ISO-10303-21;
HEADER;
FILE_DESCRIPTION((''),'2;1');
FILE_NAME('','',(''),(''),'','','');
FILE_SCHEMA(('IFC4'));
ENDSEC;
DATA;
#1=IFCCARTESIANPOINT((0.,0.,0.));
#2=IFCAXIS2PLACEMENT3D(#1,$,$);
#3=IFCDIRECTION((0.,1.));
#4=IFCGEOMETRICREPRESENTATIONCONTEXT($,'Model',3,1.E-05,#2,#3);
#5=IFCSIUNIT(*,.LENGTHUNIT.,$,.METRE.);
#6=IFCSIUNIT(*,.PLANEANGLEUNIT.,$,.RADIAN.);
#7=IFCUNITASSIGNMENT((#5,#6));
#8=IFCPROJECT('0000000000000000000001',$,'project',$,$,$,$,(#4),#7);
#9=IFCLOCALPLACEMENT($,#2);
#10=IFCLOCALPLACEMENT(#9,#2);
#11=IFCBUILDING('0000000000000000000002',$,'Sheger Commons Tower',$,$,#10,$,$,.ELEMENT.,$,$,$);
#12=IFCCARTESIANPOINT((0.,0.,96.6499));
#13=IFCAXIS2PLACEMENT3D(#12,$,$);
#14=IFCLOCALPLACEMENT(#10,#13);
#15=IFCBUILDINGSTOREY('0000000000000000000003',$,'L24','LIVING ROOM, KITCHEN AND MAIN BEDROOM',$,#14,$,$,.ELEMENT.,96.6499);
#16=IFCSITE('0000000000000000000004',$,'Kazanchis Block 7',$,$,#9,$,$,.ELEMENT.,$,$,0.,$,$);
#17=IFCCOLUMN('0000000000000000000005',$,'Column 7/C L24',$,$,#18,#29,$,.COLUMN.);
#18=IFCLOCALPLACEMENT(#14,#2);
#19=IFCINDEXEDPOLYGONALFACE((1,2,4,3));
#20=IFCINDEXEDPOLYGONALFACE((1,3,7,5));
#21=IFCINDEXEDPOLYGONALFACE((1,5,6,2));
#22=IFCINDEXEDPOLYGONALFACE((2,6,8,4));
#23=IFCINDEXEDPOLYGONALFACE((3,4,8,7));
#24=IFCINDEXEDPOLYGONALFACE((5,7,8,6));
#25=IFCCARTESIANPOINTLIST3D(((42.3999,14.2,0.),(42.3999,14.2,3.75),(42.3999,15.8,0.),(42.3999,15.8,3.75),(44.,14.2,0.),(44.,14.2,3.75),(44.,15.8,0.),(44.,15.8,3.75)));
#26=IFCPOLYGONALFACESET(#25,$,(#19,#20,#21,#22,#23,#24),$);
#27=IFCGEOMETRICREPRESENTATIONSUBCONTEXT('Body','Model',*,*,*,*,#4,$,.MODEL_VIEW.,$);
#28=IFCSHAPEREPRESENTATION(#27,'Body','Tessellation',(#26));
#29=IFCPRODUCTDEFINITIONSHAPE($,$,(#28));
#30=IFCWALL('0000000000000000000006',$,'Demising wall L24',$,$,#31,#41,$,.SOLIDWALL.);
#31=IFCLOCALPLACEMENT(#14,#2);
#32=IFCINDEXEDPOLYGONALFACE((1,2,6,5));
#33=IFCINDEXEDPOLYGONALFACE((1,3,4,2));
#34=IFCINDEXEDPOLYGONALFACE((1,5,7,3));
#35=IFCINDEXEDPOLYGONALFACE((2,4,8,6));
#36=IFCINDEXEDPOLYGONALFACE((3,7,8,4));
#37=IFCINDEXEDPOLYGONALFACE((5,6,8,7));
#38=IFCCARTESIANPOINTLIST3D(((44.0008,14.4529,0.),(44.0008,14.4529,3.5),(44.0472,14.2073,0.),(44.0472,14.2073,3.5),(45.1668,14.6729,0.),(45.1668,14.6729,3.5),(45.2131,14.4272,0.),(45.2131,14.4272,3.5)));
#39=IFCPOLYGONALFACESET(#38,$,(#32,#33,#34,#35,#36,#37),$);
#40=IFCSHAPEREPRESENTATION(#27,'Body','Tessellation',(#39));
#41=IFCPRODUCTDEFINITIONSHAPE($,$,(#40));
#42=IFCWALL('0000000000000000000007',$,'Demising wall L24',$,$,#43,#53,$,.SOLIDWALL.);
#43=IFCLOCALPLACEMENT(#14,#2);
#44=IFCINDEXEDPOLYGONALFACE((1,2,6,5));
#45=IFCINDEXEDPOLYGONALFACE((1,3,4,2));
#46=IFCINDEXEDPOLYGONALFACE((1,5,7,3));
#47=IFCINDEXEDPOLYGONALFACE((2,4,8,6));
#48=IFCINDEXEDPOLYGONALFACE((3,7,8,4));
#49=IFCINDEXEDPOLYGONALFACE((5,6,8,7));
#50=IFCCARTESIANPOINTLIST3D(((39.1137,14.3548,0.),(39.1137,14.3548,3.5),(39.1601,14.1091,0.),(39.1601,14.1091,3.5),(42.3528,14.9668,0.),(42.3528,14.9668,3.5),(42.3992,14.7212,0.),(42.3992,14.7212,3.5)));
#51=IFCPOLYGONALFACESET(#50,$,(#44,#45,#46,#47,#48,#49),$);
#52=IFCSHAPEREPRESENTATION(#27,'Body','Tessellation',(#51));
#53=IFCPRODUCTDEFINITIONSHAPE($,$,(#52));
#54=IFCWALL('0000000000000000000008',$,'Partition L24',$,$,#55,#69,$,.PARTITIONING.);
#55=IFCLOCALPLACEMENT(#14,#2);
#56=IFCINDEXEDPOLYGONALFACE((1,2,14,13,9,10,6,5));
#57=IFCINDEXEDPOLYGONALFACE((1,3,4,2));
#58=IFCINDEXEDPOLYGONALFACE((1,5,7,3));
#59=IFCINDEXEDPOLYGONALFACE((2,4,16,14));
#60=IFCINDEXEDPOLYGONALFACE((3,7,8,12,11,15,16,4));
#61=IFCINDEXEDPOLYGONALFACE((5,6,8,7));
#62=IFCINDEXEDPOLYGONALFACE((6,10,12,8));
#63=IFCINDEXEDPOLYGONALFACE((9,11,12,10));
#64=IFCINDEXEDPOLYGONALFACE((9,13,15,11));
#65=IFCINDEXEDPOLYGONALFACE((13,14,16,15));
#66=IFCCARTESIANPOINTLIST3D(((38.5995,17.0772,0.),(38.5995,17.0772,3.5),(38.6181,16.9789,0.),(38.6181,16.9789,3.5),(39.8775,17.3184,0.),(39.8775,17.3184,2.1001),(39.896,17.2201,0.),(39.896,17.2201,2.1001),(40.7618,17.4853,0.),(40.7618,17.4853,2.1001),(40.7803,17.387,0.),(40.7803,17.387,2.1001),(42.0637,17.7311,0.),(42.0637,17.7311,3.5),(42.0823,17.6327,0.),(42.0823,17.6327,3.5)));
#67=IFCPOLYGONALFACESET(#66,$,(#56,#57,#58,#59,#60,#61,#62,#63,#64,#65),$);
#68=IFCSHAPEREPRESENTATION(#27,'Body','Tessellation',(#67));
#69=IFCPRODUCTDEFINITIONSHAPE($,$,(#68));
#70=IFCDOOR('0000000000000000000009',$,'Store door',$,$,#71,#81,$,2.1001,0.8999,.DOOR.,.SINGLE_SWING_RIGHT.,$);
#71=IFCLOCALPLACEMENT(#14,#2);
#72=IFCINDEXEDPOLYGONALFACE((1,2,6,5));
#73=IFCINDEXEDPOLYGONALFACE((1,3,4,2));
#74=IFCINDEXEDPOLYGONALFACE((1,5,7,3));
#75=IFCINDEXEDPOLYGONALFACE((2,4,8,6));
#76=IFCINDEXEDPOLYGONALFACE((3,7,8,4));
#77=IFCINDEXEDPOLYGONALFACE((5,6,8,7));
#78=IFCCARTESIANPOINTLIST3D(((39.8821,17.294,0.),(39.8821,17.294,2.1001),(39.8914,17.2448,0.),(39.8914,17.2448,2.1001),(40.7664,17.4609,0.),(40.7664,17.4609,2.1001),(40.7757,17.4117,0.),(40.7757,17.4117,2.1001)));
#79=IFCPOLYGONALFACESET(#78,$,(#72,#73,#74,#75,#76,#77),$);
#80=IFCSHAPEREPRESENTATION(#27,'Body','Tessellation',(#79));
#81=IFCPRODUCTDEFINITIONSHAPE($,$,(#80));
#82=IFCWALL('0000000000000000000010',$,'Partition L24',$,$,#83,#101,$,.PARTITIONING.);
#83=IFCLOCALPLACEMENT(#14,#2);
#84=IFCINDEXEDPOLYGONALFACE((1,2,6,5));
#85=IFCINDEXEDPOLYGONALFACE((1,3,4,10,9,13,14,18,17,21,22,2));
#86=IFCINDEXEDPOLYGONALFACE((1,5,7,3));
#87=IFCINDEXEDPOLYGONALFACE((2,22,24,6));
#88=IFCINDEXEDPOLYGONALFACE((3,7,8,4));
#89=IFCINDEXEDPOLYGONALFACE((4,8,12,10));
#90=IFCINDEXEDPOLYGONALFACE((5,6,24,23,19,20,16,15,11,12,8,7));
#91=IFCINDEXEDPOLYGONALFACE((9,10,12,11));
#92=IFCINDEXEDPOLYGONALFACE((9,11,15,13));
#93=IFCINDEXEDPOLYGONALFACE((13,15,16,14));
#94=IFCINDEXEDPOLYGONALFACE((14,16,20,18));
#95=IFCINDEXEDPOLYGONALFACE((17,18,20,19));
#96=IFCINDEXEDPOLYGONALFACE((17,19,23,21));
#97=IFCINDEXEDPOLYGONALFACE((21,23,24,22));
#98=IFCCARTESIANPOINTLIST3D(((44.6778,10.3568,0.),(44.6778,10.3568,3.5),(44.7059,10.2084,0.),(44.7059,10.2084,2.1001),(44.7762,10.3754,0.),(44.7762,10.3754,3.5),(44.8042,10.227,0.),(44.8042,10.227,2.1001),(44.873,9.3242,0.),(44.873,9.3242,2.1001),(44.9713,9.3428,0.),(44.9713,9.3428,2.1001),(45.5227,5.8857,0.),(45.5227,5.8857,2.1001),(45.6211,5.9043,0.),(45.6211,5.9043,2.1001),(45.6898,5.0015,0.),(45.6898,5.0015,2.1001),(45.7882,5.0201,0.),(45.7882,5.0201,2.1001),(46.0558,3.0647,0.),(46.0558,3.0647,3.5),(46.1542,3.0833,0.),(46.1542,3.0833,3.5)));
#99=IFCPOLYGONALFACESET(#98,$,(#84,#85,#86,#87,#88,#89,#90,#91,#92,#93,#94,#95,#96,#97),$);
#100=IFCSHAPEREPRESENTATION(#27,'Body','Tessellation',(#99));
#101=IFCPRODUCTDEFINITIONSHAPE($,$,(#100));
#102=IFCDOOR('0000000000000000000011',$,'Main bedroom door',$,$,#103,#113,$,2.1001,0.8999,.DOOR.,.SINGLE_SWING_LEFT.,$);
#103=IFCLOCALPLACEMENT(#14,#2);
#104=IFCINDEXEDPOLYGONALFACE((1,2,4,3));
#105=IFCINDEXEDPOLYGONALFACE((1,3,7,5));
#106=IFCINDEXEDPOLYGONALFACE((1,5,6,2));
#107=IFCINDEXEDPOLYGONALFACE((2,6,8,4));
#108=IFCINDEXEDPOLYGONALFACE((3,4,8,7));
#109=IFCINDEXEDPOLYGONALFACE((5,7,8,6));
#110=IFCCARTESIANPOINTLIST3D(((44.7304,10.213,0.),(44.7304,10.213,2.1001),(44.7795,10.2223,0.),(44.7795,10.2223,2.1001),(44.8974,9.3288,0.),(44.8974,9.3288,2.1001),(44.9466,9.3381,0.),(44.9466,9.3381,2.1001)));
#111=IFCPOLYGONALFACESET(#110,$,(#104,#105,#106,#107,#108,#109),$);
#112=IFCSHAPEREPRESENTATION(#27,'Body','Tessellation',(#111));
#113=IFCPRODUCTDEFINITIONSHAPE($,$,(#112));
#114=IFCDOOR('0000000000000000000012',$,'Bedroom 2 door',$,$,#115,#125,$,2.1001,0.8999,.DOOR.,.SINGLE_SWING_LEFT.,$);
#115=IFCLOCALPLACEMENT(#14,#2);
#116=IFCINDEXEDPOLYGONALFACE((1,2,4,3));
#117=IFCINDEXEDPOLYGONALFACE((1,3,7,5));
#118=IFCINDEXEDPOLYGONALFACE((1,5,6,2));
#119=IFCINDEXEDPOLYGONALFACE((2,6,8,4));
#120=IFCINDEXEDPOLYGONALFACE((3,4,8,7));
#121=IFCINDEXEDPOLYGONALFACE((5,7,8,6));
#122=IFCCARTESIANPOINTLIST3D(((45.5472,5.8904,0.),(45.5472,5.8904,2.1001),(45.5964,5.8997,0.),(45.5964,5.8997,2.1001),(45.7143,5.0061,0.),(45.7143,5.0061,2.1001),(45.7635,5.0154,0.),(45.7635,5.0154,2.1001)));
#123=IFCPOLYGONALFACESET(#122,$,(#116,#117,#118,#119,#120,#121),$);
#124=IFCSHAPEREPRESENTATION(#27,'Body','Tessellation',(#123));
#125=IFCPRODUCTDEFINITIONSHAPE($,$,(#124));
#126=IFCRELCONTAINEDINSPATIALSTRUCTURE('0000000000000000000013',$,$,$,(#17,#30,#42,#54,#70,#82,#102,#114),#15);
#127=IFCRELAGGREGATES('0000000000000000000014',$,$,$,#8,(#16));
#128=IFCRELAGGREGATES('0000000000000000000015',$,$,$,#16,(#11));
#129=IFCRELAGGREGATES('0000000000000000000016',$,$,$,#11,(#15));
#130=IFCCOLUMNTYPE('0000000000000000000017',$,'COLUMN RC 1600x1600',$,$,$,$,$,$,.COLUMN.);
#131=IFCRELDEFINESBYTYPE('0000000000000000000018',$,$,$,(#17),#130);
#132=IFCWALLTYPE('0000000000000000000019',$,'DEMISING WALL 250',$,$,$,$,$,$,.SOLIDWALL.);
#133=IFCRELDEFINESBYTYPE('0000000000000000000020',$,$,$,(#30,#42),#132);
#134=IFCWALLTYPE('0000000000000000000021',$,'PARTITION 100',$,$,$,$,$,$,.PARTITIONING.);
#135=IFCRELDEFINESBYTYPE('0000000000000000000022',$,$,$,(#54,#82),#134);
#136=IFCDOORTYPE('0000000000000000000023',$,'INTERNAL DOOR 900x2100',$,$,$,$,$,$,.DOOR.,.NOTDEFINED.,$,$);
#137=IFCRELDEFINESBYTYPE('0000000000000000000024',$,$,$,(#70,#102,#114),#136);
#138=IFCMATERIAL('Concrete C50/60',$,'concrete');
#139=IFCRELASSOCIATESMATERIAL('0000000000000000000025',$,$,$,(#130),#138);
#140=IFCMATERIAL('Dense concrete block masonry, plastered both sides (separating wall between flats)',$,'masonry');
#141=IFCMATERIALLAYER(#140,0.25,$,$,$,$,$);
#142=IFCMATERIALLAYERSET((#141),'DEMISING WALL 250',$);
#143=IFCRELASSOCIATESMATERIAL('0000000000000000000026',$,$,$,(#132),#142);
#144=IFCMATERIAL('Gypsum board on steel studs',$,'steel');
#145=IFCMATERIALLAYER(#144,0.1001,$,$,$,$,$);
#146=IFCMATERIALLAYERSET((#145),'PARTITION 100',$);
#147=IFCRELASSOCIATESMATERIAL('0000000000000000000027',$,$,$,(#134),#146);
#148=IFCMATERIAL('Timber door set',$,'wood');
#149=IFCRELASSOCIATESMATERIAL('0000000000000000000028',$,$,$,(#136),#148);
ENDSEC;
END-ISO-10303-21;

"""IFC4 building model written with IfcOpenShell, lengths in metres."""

from ifc_helpers import new_model, si_unit, direction, frame, frame_2d, origin, origin_2d, place, context, subcontext, project, spatial, rectangle, extrude, material, layer, layer_set, material_profile, profile_set, type_object, element, fill, save


model = new_model("IFC4")

# Units and contexts
model_context = context("Model", 3, precision=1e-05, world=origin(), true_north=direction((0.0, 1.0)))
body_context = subcontext(model_context, "Body", "Model", "MODEL_VIEW")
ifc_project = project(units=[si_unit("LENGTHUNIT", "METRE"), si_unit("PLANEANGLEUNIT", "RADIAN")], contexts=[model_context])

# Site, building, storey
site_placement = place(None, origin())
site = spatial("IfcSite", under=ifc_project, at=site_placement, Name="Kazanchis Block 7", CompositionType="ELEMENT", RefElevation=0.0)
building_placement = place(site_placement, origin())
building = spatial("IfcBuilding", under=site, at=building_placement, Name="Sheger Commons Tower", CompositionType="ELEMENT")
storey_placement = place(building_placement, frame((0.0, 0.0, 96.6499)))
storey = spatial("IfcBuildingStorey", under=building, at=storey_placement, Name="L24", Description="LIVING ROOM, KITCHEN AND MAIN BEDROOM", CompositionType="ELEMENT", Elevation=96.6499)

# Column
ifc_material_1 = material(Name="Concrete C50/60", Category="concrete")
ifc_material_profile = material_profile(ifc_material_1, rectangle(XDim=1.6001, YDim=1.6001, at=origin_2d()), Name="RC 1600x1600")
ifc_profile_set = profile_set([ifc_material_profile], Name="Concrete C50/60")
column_type = type_object("IfcColumnType", Name="COLUMN RC 1600x1600", PredefinedType="COLUMN", material=ifc_profile_set)
column_placement = place(storey_placement, frame((43.2, 15.0, 0.0), z_axis=(0.0, 0.0, 1.0), x_axis=(1.0, 0.0, 0.0)))
element("IfcColumn", 1, at=column_placement, inside=storey, type_object=column_type, Name="Column 7/C L24", PredefinedType="COLUMN", context=body_context, shape_type="SweptSolid", body=[
    extrude(rectangle(XDim=1.6001, YDim=1.6001, at=origin_2d()), origin(), (0.0, 0.0, 1.0), 3.75),
])

# Walls
ifc_material_2 = material(Name="Dense concrete block masonry, plastered both sides (separating wall between flats)", Category="masonry")
ifc_layer_1 = layer(ifc_material_2, 0.25)
ifc_layer_set_1 = layer_set([ifc_layer_1], Name="DEMISING WALL 250")
wall_type_1 = type_object("IfcWallType", Name="DEMISING WALL 250", PredefinedType="SOLIDWALL", material=ifc_layer_set_1)
wall_1_placement = place(storey_placement, frame((45.1899, 14.55, 0.0), z_axis=(0.0, 0.0, 1.0), x_axis=(-0.982667, -0.185382, 0.0)))
element("IfcWall", 2, at=wall_1_placement, inside=storey, type_object=wall_type_1, Name="Demising wall L24", PredefinedType="SOLIDWALL", context=body_context, shape_type="SweptSolid", body=[
    extrude(rectangle(XDim=1.1865, YDim=0.25, at=frame_2d((0.5933, 0.0))), origin(), (0.0, 0.0, 1.0), 3.5),
])
wall_2_placement = place(storey_placement, frame((42.376, 14.844, 0.0), z_axis=(0.0, 0.0, 1.0), x_axis=(-0.98261, -0.185679, 0.0)))
element("IfcWall", 3, at=wall_2_placement, inside=storey, type_object=wall_type_1, Name="Demising wall L24", PredefinedType="SOLIDWALL", context=body_context, shape_type="SweptSolid", body=[
    extrude(rectangle(XDim=3.2964, YDim=0.25, at=frame_2d((1.6482, 0.0))), origin(), (0.0, 0.0, 1.0), 3.5),
])

# Wall, opening, door
ifc_material_3 = material(Name="Gypsum board on steel studs", Category="steel")
ifc_layer_2 = layer(ifc_material_3, 0.1001)
ifc_layer_set_2 = layer_set([ifc_layer_2], Name="PARTITION 100")
wall_type_2 = type_object("IfcWallType", Name="PARTITION 100", PredefinedType="PARTITIONING", material=ifc_layer_set_2)
wall_3_placement = place(storey_placement, frame((42.073, 17.6819, 0.0), z_axis=(0.0, 0.0, 1.0), x_axis=(-0.982651, -0.185463, 0.0)))
wall_3 = element("IfcWall", 4, at=wall_3_placement, inside=storey, type_object=wall_type_2, Name="Partition L24", PredefinedType="PARTITIONING", context=body_context, shape_type="SweptSolid", body=[
    extrude(rectangle(XDim=3.5254, YDim=0.1001, at=frame_2d((1.7627, 0.0))), origin(), (0.0, 0.0, 1.0), 3.5),
])
opening_1_placement = place(wall_3_placement, frame((1.325, 0.0, 0.0)))
opening_1 = element("IfcOpeningElement", 5, at=opening_1_placement, cuts=wall_3, PredefinedType="OPENING", context=body_context, shape_type="SweptSolid", body=[
    extrude(rectangle(XDim=0.8999, YDim=2.1001, at=frame_2d((0.45, 1.05))), frame((0.0, 0.0601, 0.0), z_axis=(0.0, -1.0, 0.0), x_axis=(1.0, 0.0, 0.0)), (0.0, 0.0, 1.0), 0.1201),
])
ifc_material_4 = material(Name="Timber door set", Category="wood")
door_type_1 = type_object("IfcDoorType", Name="INTERNAL DOOR 900x2100", OperationType="NOTDEFINED", PredefinedType="DOOR", material=ifc_material_4)
door_1_placement = place(opening_1_placement, origin())
door_1 = element("IfcDoor", 6, at=door_1_placement, inside=storey, type_object=door_type_1, Name="Store door", OperationType="SINGLE_SWING_RIGHT", OverallHeight=2.1001, OverallWidth=0.8999, PredefinedType="DOOR", context=body_context, shape_type="SweptSolid", body=[
    extrude(rectangle(XDim=0.8999, YDim=2.1001, at=frame_2d((0.45, 1.05))), frame((0.0, 0.0249, 0.0), z_axis=(0.0, -1.0, 0.0), x_axis=(1.0, 0.0, 0.0)), (0.0, 0.0, 1.0), 0.05),
])
fill(opening_1, door_1)

# Wall, openings, doors
wall_4_placement = place(storey_placement, frame((44.7271, 10.366, 0.0), z_axis=(0.0, 0.0, 1.0), x_axis=(0.185679, -0.98261, 0.0)))
wall_4 = element("IfcWall", 7, at=wall_4_placement, inside=storey, type_object=wall_type_2, Name="Partition L24", PredefinedType="PARTITIONING", context=body_context, shape_type="SweptSolid", body=[
    extrude(rectangle(XDim=7.4211, YDim=0.1001, at=frame_2d((3.7104, 0.0))), origin(), (0.0, 0.0, 1.0), 3.5),
])
opening_2_placement = place(wall_4_placement, frame((0.1509, 0.0, 0.0)))
opening_2 = element("IfcOpeningElement", 8, at=opening_2_placement, cuts=wall_4, PredefinedType="OPENING", context=body_context, shape_type="SweptSolid", body=[
    extrude(rectangle(XDim=0.8999, YDim=2.1001, at=frame_2d((0.45, 1.05))), frame((0.0, 0.0601, 0.0), z_axis=(0.0, -1.0, 0.0), x_axis=(1.0, 0.0, 0.0)), (0.0, 0.0, 1.0), 0.1201),
])
opening_3_placement = place(wall_4_placement, frame((4.55, 0.0, 0.0)))
opening_3 = element("IfcOpeningElement", 9, at=opening_3_placement, cuts=wall_4, PredefinedType="OPENING", context=body_context, shape_type="SweptSolid", body=[
    extrude(rectangle(XDim=0.8999, YDim=2.1001, at=frame_2d((0.45, 1.05))), frame((0.0, 0.0601, 0.0), z_axis=(0.0, -1.0, 0.0), x_axis=(1.0, 0.0, 0.0)), (0.0, 0.0, 1.0), 0.1201),
])
door_2_placement = place(opening_2_placement, origin())
door_2 = element("IfcDoor", 10, at=door_2_placement, inside=storey, type_object=door_type_1, Name="Main bedroom door", OperationType="SINGLE_SWING_LEFT", OverallHeight=2.1001, OverallWidth=0.8999, PredefinedType="DOOR", context=body_context, shape_type="SweptSolid", body=[
    extrude(rectangle(XDim=0.8999, YDim=2.1001, at=frame_2d((0.45, 1.05))), frame((0.0, 0.0249, 0.0), z_axis=(0.0, -1.0, 0.0), x_axis=(1.0, 0.0, 0.0)), (0.0, 0.0, 1.0), 0.05),
])
fill(opening_2, door_2)
door_3_placement = place(opening_3_placement, origin())
door_3 = element("IfcDoor", 11, at=door_3_placement, inside=storey, type_object=door_type_1, Name="Bedroom 2 door", OperationType="SINGLE_SWING_LEFT", OverallHeight=2.1001, OverallWidth=0.8999, PredefinedType="DOOR", context=body_context, shape_type="SweptSolid", body=[
    extrude(rectangle(XDim=0.8999, YDim=2.1001, at=frame_2d((0.45, 1.05))), frame((0.0, 0.0249, 0.0), z_axis=(0.0, -1.0, 0.0), x_axis=(1.0, 0.0, 0.0)), (0.0, 0.0, 1.0), 0.05),
])
fill(opening_3, door_3)

save(model, "model.ifc")
